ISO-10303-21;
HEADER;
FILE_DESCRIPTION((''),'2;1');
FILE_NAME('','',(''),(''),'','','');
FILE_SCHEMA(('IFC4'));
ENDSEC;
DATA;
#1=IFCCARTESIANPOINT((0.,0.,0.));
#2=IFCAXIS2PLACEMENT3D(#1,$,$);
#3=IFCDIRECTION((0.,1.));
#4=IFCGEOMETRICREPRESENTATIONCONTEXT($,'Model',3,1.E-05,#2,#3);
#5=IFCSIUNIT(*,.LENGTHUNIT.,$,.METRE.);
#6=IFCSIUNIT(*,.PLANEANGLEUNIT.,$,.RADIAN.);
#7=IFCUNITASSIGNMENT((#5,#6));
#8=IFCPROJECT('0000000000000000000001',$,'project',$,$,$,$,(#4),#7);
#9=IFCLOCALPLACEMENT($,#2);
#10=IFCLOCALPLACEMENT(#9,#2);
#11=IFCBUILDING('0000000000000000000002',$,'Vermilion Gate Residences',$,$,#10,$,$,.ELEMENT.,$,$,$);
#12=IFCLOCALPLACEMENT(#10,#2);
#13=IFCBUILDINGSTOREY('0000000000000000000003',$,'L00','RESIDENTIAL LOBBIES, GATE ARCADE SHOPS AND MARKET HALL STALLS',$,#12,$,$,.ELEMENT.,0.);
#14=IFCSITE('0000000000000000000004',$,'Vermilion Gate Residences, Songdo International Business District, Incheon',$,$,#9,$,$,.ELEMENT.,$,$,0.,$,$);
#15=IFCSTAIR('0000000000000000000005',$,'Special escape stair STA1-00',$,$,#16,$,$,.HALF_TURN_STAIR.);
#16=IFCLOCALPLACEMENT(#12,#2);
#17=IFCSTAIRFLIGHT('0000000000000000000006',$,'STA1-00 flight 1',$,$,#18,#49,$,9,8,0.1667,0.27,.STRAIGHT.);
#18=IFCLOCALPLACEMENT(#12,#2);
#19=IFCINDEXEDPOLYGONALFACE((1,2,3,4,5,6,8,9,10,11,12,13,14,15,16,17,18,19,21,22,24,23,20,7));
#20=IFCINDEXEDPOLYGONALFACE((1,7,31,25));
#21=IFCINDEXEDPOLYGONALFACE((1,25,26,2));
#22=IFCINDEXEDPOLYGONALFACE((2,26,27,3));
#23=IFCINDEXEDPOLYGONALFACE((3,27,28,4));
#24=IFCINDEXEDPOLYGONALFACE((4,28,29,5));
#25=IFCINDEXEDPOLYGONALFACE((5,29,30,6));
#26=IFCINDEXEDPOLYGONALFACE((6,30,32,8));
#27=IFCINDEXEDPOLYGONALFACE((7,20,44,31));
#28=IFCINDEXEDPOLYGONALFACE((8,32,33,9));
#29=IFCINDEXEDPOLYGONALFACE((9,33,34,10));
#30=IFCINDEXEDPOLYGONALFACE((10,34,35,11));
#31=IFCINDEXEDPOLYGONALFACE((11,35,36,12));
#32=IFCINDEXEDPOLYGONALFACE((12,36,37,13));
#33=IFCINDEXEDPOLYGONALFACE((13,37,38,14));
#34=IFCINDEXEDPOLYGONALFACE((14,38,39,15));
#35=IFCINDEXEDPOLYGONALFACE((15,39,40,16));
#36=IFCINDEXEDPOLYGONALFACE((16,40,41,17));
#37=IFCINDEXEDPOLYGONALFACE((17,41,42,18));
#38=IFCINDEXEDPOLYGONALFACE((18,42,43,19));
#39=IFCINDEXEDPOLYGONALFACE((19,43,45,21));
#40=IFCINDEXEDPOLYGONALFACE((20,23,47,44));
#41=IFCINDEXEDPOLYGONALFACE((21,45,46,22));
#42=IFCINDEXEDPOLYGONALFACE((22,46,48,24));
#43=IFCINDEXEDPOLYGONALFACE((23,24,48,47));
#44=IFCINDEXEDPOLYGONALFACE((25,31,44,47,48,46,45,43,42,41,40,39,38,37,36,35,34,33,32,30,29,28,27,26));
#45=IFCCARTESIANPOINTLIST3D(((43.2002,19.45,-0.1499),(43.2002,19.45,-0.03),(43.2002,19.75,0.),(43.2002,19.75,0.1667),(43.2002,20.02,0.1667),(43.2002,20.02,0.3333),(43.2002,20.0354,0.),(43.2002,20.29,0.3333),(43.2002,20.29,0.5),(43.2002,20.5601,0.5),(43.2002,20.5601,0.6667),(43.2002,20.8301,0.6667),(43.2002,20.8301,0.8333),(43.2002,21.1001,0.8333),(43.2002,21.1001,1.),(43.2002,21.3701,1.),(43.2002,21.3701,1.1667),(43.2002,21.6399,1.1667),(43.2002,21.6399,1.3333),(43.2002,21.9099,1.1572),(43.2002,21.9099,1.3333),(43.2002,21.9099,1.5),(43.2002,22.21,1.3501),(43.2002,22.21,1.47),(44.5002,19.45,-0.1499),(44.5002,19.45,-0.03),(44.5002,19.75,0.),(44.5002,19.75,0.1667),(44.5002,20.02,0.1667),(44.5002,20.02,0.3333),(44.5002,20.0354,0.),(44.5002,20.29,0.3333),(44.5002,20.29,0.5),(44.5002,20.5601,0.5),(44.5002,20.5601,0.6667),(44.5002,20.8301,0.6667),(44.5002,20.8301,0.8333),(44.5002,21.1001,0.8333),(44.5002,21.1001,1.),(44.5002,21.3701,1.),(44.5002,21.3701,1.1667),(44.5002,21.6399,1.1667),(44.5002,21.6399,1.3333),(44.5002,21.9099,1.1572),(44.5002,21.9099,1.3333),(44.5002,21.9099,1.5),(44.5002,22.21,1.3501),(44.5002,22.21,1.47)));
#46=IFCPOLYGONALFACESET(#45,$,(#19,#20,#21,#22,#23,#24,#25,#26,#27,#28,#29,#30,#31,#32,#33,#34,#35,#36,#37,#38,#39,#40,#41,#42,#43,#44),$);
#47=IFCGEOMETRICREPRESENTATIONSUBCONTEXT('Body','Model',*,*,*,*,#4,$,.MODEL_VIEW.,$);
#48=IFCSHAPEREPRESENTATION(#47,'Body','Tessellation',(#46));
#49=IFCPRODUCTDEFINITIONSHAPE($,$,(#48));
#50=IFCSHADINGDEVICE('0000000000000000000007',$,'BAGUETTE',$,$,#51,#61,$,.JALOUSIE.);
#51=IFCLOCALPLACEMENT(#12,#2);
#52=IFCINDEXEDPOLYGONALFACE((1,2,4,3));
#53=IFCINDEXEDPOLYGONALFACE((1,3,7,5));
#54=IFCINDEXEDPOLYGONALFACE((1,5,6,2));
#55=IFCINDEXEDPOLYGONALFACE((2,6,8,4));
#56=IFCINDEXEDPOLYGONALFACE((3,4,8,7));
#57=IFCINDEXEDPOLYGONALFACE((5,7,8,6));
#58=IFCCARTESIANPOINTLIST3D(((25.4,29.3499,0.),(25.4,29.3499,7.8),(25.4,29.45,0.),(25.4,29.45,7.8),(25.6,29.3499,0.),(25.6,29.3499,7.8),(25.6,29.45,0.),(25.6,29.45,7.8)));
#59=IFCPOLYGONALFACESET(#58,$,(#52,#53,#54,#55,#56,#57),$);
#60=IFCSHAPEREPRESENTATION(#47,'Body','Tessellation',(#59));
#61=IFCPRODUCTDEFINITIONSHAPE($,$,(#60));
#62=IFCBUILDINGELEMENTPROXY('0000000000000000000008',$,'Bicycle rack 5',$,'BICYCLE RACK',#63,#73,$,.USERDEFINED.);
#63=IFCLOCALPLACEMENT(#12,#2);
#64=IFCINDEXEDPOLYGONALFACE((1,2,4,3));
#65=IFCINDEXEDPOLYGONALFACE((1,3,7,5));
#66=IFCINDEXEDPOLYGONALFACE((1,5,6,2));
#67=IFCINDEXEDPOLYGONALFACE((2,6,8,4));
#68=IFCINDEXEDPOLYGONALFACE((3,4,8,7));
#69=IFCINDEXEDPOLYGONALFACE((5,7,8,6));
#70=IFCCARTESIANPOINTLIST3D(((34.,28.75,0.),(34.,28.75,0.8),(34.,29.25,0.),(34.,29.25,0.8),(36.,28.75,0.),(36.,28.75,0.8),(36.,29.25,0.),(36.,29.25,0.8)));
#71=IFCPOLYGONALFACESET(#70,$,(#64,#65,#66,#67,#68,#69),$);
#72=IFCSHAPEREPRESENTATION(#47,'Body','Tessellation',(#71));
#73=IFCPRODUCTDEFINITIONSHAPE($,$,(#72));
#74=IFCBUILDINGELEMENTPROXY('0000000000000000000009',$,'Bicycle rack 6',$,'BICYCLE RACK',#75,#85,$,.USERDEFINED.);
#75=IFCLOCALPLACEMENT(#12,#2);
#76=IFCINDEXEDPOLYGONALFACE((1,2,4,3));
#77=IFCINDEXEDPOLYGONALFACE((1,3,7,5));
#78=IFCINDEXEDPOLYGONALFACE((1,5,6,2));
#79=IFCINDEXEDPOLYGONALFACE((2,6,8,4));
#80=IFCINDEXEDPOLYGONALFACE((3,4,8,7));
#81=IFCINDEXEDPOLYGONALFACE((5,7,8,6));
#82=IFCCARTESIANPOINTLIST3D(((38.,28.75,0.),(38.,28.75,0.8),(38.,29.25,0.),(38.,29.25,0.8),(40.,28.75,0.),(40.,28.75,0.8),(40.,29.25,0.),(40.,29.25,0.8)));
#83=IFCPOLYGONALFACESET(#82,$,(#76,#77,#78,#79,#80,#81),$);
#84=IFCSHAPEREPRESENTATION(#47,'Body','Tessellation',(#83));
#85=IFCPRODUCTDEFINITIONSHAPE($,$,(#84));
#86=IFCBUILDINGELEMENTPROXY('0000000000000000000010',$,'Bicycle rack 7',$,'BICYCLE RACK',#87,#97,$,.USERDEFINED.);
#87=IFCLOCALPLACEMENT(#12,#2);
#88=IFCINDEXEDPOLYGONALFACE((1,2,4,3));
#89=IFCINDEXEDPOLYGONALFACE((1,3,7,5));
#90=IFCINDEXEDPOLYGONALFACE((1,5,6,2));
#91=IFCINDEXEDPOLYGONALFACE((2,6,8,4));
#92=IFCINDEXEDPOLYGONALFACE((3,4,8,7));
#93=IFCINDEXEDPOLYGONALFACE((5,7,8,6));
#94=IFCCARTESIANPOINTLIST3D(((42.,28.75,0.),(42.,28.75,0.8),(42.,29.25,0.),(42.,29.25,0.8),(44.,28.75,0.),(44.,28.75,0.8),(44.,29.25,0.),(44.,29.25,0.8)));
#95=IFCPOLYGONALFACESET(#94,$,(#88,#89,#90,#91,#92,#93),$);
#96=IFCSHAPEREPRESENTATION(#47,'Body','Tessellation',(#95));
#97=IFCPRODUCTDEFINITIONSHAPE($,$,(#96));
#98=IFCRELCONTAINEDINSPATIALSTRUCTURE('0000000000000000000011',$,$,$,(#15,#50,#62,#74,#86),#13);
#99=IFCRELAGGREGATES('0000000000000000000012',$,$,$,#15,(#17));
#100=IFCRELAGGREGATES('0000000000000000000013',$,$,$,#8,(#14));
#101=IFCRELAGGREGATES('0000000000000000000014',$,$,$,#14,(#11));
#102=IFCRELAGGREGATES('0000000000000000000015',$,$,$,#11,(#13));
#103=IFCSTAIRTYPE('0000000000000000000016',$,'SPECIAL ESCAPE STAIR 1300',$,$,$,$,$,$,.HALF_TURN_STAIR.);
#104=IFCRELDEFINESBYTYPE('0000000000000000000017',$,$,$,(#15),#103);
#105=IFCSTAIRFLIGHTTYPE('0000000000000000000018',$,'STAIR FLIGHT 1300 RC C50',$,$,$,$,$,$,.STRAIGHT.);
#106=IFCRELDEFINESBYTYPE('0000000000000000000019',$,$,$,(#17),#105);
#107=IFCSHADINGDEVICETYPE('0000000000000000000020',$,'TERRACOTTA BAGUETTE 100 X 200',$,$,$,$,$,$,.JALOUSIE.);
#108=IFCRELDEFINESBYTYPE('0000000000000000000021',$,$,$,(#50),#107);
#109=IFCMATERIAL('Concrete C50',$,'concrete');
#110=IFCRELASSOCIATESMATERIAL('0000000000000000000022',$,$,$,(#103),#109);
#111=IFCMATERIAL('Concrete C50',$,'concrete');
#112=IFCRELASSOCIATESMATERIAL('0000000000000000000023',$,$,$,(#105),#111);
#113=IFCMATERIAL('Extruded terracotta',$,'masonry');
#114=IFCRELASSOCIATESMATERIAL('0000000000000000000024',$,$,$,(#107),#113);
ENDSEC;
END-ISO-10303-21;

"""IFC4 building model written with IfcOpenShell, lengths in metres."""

from ifc_helpers import new_model, si_unit, direction, frame, origin, origin_2d, place, context, subcontext, project, spatial, polyline, rectangle, outline, extrude, material, material_profile, profile_set, type_object, element, aggregate, save


model = new_model("IFC4")

# Units and contexts
model_context = context("Model", 3, precision=1e-05, world=origin(), true_north=direction((0.0, 1.0)))
body_context = subcontext(model_context, "Body", "Model", "MODEL_VIEW")
ifc_project = project(units=[si_unit("LENGTHUNIT", "METRE"), si_unit("PLANEANGLEUNIT", "RADIAN")], contexts=[model_context])

# Site, building, storey
site_placement = place(None, origin())
site = spatial("IfcSite", under=ifc_project, at=site_placement, Name="Vermilion Gate Residences, Songdo International Business District, Incheon", CompositionType="ELEMENT", RefElevation=0.0)
building_placement = place(site_placement, origin())
building = spatial("IfcBuilding", under=site, at=building_placement, Name="Vermilion Gate Residences", CompositionType="ELEMENT")
storey_placement = place(building_placement, origin())
storey = spatial("IfcBuildingStorey", under=building, at=storey_placement, Name="L00", Description="RESIDENTIAL LOBBIES, GATE ARCADE SHOPS AND MARKET HALL STALLS", CompositionType="ELEMENT", Elevation=0.0)

# Stair, stair flight
ifc_material_1 = material(Name="Concrete C50", Category="concrete")
stair_type = type_object("IfcStairType", Name="SPECIAL ESCAPE STAIR 1300", PredefinedType="HALF_TURN_STAIR", material=ifc_material_1)
stair_placement = place(storey_placement, origin())
stair = element("IfcStair", 1, at=stair_placement, inside=storey, type_object=stair_type, Name="Special escape stair STA1-00", PredefinedType="HALF_TURN_STAIR")
ifc_material_2 = material(Name="Concrete C50", Category="concrete")
stair_flight_type = type_object("IfcStairFlightType", Name="STAIR FLIGHT 1300 RC C50", PredefinedType="STRAIGHT", material=ifc_material_2)
stair_flight_placement = place(storey_placement, frame((43.8501, 19.75, 0.0), z_axis=(0.0, 0.0, 1.0), x_axis=(0.0, 1.0, 0.0)))
stair_flight = element("IfcStairFlight", 2, at=stair_flight_placement, type_object=stair_flight_type, Name="STA1-00 flight 1", NumberOfRisers=9, NumberOfTreads=8, PredefinedType="STRAIGHT", RiserHeight=0.1667, TreadLength=0.27, context=body_context, shape_type="SweptSolid", body=[
    extrude(outline(polyline([(-0.3, -0.1499), (-0.3, -0.03), (0.0, 0.0), (0.0, 0.1667), (0.27, 0.1667), (0.27, 0.3333), (0.54, 0.3333), (0.54, 0.5), (0.8101, 0.5), (0.8101, 0.6667), (1.0801, 0.6667), (1.0801, 0.8333), (1.3501, 0.8333), (1.3501, 1.0), (1.6201, 1.0), (1.6201, 1.1667), (1.8899, 1.1667), (1.8899, 1.3333), (2.1599, 1.3333), (2.1599, 1.5), (2.46, 1.47), (2.46, 1.3501), (2.1599, 1.1572), (0.2854, 0.0), (-0.3, -0.1499)])), frame((0.0, 0.6499, 0.0), z_axis=(0.0, -1.0, 0.0), x_axis=(1.0, 0.0, 0.0)), (0.0, 0.0, 1.0), 1.3),
])
aggregate(stair, [stair_flight])

# Shading device
ifc_material_3 = material(Name="Extruded terracotta", Category="masonry")
ifc_material_profile_1 = material_profile(ifc_material_3, rectangle(XDim=0.2, YDim=0.1001, at=origin_2d()), Name="BAGUETTE 100 X 200")
ifc_profile_set_1 = profile_set([ifc_material_profile_1], Name="Extruded terracotta")
shading_device_type = type_object("IfcShadingDeviceType", Name="TERRACOTTA BAGUETTE 100 X 200", PredefinedType="JALOUSIE", material=ifc_profile_set_1)
shading_device_placement = place(storey_placement, frame((25.5, 29.3999, 0.0), z_axis=(0.0, 0.0, 1.0), x_axis=(-1.0, 0.0, 0.0)))
element("IfcShadingDevice", 3, at=shading_device_placement, inside=storey, type_object=shading_device_type, Name="BAGUETTE", PredefinedType="JALOUSIE", context=body_context, shape_type="SweptSolid", body=[
    extrude(rectangle(XDim=0.2, YDim=0.1001, at=origin_2d()), origin(), (0.0, 0.0, 1.0), 7.8),
])

# Building element proxies
for number, where, z_axis, x_axis, name in (
    (4, (35.0, 29.0, 0.0), (0.0, 0.0, 1.0), (1.0, 0.0, 0.0), "Bicycle rack 5"),
    (5, (39.0, 29.0, 0.0), (0.0, 0.0, 1.0), (1.0, 0.0, 0.0), "Bicycle rack 6"),
    (6, (43.0, 29.0, 0.0), (0.0, 0.0, 1.0), (1.0, 0.0, 0.0), "Bicycle rack 7"),
):
    element("IfcBuildingElementProxy", number, at=place(storey_placement, frame(where, z_axis=z_axis, x_axis=x_axis)), inside=storey, Name=name, ObjectType="BICYCLE RACK", PredefinedType="USERDEFINED", context=body_context, shape_type="SweptSolid", body=[
        extrude(rectangle(XDim=2.0, YDim=0.5, at=origin_2d()), origin(), (0.0, 0.0, 1.0), 0.8),
    ])

save(model, "model.ifc")
